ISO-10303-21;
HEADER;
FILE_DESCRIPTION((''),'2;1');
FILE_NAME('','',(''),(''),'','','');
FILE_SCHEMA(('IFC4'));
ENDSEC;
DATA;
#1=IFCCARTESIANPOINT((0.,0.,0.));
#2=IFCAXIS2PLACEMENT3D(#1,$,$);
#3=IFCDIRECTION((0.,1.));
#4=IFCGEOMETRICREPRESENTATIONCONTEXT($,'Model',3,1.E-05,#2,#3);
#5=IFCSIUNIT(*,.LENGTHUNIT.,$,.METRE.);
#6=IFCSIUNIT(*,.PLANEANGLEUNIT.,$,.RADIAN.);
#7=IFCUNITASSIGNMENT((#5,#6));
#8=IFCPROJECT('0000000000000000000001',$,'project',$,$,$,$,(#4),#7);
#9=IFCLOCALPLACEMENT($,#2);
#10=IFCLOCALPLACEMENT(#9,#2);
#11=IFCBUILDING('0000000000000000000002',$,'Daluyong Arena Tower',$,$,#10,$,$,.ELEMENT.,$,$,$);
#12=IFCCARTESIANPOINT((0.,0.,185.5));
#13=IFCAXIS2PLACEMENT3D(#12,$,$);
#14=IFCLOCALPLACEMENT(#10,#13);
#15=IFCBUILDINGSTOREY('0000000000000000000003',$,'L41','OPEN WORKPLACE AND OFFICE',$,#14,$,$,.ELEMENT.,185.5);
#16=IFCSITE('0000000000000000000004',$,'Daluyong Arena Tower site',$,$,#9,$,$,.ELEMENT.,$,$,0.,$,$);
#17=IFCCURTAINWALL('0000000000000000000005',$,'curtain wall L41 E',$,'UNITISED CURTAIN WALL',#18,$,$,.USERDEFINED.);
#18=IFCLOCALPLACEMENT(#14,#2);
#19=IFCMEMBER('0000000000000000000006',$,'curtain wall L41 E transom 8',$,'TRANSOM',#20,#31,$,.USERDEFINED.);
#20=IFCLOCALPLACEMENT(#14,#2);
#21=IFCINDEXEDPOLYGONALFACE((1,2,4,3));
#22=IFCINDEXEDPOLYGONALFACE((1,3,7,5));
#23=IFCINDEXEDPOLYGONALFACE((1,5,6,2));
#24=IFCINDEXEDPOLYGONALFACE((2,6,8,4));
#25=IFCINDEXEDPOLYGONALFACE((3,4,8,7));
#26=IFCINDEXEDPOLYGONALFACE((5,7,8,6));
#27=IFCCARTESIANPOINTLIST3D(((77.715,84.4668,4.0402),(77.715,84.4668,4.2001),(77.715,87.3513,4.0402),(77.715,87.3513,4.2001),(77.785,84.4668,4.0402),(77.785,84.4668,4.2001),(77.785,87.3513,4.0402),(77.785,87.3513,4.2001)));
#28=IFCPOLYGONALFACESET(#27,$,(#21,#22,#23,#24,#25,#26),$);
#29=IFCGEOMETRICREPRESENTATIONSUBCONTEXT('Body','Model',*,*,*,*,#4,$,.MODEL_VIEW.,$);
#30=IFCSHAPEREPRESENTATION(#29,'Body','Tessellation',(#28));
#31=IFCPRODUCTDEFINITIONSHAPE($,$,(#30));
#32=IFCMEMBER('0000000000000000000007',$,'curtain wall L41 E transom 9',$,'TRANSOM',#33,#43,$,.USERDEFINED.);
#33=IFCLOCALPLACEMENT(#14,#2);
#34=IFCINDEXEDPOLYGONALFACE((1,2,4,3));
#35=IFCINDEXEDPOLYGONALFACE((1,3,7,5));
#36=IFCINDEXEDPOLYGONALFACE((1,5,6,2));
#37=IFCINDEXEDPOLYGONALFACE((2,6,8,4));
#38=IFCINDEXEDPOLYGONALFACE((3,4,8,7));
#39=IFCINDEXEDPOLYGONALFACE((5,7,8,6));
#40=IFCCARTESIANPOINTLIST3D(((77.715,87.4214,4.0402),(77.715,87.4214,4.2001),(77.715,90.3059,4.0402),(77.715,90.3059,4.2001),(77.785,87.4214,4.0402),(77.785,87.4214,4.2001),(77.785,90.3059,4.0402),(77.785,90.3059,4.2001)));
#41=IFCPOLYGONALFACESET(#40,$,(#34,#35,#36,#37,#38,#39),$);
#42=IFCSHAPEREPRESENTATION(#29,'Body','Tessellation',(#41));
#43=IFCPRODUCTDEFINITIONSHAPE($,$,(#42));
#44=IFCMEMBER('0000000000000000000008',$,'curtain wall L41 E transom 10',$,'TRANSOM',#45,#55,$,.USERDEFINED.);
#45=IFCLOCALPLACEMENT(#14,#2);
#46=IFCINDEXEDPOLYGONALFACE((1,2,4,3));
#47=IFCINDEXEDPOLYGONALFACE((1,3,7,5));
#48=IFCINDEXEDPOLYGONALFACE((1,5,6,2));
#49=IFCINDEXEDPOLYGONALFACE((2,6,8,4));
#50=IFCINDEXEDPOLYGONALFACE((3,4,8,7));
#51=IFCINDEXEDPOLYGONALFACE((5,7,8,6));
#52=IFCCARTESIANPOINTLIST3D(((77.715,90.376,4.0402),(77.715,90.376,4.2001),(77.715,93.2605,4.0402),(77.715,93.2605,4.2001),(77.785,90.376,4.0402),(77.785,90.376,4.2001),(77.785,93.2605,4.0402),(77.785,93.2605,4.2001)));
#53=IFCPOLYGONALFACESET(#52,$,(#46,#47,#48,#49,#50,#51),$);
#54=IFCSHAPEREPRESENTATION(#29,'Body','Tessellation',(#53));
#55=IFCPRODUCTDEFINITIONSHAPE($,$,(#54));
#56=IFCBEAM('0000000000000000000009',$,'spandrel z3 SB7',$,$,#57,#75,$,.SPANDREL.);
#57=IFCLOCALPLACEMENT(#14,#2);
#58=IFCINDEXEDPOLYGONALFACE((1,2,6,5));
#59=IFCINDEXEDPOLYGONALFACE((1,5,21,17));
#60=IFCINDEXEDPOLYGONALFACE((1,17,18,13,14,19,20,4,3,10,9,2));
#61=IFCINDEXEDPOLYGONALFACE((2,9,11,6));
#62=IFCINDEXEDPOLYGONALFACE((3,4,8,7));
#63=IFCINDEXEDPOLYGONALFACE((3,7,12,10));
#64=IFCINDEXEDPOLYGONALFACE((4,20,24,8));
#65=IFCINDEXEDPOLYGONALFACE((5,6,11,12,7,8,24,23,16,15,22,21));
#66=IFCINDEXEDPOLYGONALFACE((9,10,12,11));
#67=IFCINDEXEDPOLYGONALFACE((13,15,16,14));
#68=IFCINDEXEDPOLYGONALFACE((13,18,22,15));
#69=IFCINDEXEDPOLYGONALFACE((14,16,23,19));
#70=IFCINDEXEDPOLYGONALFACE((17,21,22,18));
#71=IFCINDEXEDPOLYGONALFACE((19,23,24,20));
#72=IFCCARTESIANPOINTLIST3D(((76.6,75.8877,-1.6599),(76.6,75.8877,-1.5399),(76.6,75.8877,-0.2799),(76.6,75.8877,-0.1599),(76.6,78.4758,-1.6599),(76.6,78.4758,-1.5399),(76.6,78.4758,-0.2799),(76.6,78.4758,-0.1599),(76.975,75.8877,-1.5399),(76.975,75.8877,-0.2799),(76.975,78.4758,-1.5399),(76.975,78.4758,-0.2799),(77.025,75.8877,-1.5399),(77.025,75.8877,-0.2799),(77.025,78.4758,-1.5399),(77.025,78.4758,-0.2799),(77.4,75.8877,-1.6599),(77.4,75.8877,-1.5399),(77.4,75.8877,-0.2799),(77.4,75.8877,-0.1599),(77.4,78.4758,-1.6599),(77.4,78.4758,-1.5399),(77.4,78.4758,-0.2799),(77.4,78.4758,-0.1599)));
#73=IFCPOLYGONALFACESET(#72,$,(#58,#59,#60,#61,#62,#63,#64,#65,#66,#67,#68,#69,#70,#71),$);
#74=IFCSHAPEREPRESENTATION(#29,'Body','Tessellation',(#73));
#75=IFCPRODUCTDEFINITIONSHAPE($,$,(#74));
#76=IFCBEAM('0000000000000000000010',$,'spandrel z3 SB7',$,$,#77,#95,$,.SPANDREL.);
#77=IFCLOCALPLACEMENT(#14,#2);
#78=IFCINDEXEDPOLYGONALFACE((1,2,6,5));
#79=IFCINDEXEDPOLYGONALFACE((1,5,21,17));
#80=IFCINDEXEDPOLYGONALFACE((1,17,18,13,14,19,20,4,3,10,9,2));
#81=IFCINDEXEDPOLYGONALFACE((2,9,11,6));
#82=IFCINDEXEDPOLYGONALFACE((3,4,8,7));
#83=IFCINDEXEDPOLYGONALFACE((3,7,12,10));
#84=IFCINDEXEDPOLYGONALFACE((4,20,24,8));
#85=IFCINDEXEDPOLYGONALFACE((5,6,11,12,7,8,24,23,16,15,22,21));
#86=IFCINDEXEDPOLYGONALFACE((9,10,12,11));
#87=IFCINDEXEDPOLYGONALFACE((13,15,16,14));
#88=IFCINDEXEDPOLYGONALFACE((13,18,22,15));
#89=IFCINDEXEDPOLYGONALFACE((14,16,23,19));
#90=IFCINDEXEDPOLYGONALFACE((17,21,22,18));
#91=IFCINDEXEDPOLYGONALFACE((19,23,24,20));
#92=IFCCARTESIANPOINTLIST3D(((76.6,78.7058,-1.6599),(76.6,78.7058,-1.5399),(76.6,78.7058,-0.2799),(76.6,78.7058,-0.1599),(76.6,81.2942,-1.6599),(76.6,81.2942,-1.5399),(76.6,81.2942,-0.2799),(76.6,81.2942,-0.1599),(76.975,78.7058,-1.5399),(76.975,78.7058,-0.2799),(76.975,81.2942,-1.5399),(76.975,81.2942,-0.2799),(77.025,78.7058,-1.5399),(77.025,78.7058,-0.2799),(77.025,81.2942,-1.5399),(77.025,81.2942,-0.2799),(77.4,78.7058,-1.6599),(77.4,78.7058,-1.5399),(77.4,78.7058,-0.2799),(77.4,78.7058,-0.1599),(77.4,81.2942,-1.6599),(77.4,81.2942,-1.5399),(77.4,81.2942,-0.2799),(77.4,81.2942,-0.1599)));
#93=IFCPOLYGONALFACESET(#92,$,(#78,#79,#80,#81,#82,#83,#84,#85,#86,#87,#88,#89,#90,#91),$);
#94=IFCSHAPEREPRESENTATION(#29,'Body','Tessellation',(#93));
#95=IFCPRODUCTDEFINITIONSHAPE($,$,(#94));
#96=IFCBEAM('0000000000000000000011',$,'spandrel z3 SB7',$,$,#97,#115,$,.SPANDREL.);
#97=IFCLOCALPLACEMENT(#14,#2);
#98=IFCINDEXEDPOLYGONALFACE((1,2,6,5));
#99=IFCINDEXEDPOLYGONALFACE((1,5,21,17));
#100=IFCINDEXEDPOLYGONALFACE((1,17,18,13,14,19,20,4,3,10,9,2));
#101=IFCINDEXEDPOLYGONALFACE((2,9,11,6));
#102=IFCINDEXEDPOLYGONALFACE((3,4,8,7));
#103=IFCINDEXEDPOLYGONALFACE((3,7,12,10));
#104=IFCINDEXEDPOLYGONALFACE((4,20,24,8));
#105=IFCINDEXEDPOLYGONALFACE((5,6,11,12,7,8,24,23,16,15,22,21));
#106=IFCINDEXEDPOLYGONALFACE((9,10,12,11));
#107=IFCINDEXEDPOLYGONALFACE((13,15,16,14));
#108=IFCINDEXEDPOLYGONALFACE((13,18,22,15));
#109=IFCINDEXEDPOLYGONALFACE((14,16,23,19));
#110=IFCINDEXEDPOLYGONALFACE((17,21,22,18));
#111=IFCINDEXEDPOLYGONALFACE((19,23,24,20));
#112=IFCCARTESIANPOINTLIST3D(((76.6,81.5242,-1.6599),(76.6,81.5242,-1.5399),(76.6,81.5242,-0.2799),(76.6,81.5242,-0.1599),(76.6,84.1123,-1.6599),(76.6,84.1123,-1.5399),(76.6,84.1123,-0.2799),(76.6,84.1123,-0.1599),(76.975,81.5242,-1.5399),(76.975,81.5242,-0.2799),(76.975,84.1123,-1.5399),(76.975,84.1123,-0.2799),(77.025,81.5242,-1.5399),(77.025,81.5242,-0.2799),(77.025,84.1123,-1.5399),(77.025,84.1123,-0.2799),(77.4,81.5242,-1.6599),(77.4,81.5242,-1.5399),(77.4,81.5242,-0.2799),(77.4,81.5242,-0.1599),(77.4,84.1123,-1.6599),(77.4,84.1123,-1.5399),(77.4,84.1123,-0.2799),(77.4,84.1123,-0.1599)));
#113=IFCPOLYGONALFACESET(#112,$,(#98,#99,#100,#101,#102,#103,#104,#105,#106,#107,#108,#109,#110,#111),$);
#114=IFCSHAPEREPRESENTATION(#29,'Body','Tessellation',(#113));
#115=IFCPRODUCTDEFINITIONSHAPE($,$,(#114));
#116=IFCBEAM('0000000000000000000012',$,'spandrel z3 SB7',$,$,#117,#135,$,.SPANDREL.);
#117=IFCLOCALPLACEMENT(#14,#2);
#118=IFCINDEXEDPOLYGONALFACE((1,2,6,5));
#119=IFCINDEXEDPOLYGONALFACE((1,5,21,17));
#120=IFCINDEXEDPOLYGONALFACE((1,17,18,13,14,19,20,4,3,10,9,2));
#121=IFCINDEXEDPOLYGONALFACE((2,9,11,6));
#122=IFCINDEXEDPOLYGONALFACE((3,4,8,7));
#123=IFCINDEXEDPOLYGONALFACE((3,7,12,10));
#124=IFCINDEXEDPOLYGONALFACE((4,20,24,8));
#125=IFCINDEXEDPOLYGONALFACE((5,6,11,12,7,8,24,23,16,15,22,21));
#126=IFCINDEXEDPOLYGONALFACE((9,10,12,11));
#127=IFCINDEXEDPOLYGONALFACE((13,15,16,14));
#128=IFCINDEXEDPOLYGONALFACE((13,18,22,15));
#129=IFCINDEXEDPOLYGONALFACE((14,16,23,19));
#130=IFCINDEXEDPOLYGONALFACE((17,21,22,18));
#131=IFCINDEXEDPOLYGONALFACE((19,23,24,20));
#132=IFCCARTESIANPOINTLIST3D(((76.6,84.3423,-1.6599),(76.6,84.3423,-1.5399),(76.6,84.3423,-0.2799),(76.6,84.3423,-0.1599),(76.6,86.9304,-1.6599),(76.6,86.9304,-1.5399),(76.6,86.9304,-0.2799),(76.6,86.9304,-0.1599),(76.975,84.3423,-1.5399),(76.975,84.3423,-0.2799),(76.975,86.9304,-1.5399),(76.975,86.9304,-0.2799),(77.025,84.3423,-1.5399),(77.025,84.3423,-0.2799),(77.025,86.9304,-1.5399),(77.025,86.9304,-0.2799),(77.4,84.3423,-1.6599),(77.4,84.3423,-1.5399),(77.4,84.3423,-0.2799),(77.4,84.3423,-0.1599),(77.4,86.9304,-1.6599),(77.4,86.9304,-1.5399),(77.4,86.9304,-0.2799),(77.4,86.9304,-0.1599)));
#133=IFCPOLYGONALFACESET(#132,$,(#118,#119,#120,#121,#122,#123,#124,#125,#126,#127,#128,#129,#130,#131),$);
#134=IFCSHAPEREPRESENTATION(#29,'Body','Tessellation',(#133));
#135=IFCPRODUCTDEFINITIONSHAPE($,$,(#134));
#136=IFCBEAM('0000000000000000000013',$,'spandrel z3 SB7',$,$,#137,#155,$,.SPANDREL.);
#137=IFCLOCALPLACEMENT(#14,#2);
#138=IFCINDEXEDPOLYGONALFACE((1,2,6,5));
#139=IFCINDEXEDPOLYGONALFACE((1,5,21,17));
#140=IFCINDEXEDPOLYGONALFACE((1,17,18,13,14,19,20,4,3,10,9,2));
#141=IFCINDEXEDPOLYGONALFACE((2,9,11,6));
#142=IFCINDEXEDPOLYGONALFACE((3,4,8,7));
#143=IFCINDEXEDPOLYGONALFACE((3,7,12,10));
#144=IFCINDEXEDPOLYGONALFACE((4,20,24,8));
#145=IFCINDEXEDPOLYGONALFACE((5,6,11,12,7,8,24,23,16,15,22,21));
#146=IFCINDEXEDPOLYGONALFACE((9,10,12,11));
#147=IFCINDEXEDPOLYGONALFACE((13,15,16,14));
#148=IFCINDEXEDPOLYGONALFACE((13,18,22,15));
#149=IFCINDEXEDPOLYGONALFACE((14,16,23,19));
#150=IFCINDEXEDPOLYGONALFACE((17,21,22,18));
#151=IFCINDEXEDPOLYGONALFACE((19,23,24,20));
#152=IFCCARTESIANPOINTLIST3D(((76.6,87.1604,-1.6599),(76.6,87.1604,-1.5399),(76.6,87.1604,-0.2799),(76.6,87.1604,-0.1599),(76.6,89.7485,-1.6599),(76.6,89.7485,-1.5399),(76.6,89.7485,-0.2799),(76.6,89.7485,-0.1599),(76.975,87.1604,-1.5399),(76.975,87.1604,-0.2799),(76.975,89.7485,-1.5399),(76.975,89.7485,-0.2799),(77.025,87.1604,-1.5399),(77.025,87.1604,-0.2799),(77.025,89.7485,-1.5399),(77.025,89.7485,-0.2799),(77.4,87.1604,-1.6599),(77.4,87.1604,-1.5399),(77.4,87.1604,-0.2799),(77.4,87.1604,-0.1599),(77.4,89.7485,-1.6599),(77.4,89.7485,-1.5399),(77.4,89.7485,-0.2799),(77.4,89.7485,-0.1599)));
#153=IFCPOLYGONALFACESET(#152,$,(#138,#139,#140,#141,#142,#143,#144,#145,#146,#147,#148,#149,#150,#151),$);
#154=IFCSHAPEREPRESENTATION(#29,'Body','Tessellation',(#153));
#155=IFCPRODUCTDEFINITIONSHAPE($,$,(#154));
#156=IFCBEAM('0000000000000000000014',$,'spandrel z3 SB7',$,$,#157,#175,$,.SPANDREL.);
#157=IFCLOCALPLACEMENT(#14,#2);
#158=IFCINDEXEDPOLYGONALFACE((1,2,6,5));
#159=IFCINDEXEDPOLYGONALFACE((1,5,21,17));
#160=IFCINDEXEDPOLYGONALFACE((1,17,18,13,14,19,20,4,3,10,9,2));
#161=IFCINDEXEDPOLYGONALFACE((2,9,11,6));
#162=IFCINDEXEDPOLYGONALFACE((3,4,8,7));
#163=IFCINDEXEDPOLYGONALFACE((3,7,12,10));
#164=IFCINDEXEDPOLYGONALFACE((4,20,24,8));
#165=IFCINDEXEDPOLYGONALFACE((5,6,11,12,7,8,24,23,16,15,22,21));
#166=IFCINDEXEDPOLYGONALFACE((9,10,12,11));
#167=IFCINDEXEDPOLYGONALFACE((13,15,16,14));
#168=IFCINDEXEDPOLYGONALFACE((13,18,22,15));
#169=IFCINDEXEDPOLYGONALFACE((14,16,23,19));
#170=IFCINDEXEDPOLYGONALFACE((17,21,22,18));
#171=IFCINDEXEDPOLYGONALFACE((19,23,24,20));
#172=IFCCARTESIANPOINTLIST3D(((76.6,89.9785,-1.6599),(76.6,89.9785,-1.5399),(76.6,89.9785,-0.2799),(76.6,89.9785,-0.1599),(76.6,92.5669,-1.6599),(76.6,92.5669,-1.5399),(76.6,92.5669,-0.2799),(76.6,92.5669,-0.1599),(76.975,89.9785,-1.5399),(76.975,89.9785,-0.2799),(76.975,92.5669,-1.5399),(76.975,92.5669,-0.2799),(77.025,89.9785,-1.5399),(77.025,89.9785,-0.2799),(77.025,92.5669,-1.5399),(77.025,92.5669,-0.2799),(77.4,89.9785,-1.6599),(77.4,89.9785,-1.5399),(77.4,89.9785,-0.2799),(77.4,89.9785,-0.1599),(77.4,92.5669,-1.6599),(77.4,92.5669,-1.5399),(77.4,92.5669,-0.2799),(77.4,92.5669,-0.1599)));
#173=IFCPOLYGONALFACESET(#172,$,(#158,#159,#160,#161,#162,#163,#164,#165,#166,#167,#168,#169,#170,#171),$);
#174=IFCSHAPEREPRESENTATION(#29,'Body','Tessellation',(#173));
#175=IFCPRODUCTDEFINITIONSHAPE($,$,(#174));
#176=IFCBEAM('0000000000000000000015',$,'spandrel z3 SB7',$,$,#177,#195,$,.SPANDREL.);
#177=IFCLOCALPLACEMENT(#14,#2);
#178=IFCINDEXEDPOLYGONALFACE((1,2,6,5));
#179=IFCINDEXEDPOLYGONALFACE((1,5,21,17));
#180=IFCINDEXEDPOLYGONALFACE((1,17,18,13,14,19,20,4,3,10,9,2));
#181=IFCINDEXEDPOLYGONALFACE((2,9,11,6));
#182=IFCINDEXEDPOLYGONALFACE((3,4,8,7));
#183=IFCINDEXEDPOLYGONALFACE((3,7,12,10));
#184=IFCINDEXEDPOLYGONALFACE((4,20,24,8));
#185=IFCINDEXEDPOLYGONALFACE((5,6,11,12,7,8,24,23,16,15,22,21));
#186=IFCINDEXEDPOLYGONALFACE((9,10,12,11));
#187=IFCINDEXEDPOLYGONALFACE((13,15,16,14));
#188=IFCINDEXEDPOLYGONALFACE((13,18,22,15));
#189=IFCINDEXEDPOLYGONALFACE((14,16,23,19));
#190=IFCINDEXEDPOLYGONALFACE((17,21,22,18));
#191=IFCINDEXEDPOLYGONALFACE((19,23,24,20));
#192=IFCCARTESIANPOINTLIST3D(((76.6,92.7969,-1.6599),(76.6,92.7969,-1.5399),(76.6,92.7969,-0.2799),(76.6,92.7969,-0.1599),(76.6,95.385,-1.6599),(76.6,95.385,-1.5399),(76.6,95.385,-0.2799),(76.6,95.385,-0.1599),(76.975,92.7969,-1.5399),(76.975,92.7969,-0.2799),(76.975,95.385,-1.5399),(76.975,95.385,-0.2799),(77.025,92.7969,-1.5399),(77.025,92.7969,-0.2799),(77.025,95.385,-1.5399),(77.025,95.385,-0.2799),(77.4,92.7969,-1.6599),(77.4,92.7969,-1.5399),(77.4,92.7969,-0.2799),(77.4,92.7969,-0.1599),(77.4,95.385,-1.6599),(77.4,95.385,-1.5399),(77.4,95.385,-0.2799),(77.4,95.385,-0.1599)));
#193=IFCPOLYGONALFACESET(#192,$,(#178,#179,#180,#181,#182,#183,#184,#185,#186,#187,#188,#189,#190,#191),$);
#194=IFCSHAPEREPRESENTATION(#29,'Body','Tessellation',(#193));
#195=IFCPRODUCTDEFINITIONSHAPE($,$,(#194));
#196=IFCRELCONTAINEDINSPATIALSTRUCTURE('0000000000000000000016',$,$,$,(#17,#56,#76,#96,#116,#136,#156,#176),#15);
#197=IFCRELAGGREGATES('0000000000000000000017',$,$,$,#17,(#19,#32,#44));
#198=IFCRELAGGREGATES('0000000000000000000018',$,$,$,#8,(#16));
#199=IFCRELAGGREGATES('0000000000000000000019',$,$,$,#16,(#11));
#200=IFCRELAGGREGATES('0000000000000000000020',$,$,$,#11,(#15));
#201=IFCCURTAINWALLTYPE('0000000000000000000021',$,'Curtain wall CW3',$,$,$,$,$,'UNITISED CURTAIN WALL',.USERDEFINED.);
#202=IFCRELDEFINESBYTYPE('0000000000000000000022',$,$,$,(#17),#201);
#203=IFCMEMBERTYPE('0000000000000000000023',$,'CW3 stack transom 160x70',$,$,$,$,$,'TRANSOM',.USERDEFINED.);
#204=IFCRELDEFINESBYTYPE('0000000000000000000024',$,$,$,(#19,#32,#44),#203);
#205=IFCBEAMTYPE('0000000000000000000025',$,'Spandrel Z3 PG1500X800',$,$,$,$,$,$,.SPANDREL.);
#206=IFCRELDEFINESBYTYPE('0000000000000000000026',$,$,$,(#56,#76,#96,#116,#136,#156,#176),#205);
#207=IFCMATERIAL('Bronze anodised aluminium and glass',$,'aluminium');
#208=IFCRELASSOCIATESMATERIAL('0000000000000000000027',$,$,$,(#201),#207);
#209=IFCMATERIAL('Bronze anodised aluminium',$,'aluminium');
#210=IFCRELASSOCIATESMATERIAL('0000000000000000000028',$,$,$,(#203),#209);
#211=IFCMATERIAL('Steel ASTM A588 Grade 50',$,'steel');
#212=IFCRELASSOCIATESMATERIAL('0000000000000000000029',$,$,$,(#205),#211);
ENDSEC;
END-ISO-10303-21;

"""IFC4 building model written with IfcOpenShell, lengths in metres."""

from ifc_helpers import new_model, si_unit, direction, frame, origin, origin_2d, place, context, subcontext, project, spatial, rectangle, i_section, extrude, material, material_profile, profile_set, type_object, element, aggregate, save


model = new_model("IFC4")

# Units and contexts
model_context = context("Model", 3, precision=1e-05, world=origin(), true_north=direction((0.0, 1.0)))
body_context = subcontext(model_context, "Body", "Model", "MODEL_VIEW")
ifc_project = project(units=[si_unit("LENGTHUNIT", "METRE"), si_unit("PLANEANGLEUNIT", "RADIAN")], contexts=[model_context])

# Site, building, storey
site_placement = place(None, origin())
site = spatial("IfcSite", under=ifc_project, at=site_placement, Name="Daluyong Arena Tower site", CompositionType="ELEMENT", RefElevation=0.0)
building_placement = place(site_placement, origin())
building = spatial("IfcBuilding", under=site, at=building_placement, Name="Daluyong Arena Tower", CompositionType="ELEMENT")
storey_placement = place(building_placement, frame((0.0, 0.0, 185.5)))
storey = spatial("IfcBuildingStorey", under=building, at=storey_placement, Name="L41", Description="OPEN WORKPLACE AND OFFICE", CompositionType="ELEMENT", Elevation=185.5)

# Curtain wall, members
ifc_material_1 = material(Name="Bronze anodised aluminium and glass", Category="aluminium")
curtain_wall_type = type_object("IfcCurtainWallType", Name="Curtain wall CW3", ElementType="UNITISED CURTAIN WALL", PredefinedType="USERDEFINED", material=ifc_material_1)
curtain_wall_placement = place(storey_placement, origin())
curtain_wall = element("IfcCurtainWall", 1, at=curtain_wall_placement, inside=storey, type_object=curtain_wall_type, Name="curtain wall L41 E", ObjectType="UNITISED CURTAIN WALL", PredefinedType="USERDEFINED")
ifc_material_2 = material(Name="Bronze anodised aluminium", Category="aluminium")
ifc_material_profile_1 = material_profile(ifc_material_2, rectangle(XDim=0.0701, YDim=0.1599, at=origin_2d()))
ifc_profile_set_1 = profile_set([ifc_material_profile_1], Name="Bronze anodised aluminium")
member_type_1 = type_object("IfcMemberType", Name="CW3 stack transom 160x70", ElementType="TRANSOM", PredefinedType="USERDEFINED", material=ifc_profile_set_1)
member_1_placement = place(storey_placement, frame((77.75, 84.4668, 4.1201), z_axis=(0.0, 1.0, 0.0), x_axis=(-1.0, 0.0, 0.0)))
member_1 = element("IfcMember", 2, at=member_1_placement, type_object=member_type_1, Name="curtain wall L41 E transom 8", ObjectType="TRANSOM", PredefinedType="USERDEFINED", context=body_context, shape_type="SweptSolid", body=[
    extrude(rectangle(XDim=0.0701, YDim=0.1599, at=origin_2d()), origin(), (0.0, 0.0, 1.0), 2.8845),
])
member_2_placement = place(storey_placement, frame((77.75, 87.4214, 4.1201), z_axis=(0.0, 1.0, 0.0), x_axis=(-1.0, 0.0, 0.0)))
member_2 = element("IfcMember", 3, at=member_2_placement, type_object=member_type_1, Name="curtain wall L41 E transom 9", ObjectType="TRANSOM", PredefinedType="USERDEFINED", context=body_context, shape_type="SweptSolid", body=[
    extrude(rectangle(XDim=0.0701, YDim=0.1599, at=origin_2d()), origin(), (0.0, 0.0, 1.0), 2.8845),
])
member_3_placement = place(storey_placement, frame((77.75, 90.376, 4.1201), z_axis=(0.0, 1.0, 0.0), x_axis=(-1.0, 0.0, 0.0)))
member_3 = element("IfcMember", 4, at=member_3_placement, type_object=member_type_1, Name="curtain wall L41 E transom 10", ObjectType="TRANSOM", PredefinedType="USERDEFINED", context=body_context, shape_type="SweptSolid", body=[
    extrude(rectangle(XDim=0.0701, YDim=0.1599, at=origin_2d()), origin(), (0.0, 0.0, 1.0), 2.8845),
])

# Beams
ifc_material_3 = material(Name="Steel ASTM A588 Grade 50", Category="steel")
ifc_material_profile_2 = material_profile(ifc_material_3, i_section(OverallWidth=0.8, OverallDepth=1.5, WebThickness=0.05, FlangeThickness=0.12, at=origin_2d()))
ifc_profile_set_2 = profile_set([ifc_material_profile_2], Name="Steel ASTM A588 Grade 50")
beam_type = type_object("IfcBeamType", Name="Spandrel Z3 PG1500X800", PredefinedType="SPANDREL", material=ifc_profile_set_2)
beam_1_placement = place(storey_placement, frame((77.0, 75.8877, -0.9099), z_axis=(0.0, 1.0, 0.0), x_axis=(-1.0, 0.0, 0.0)))
element("IfcBeam", 5, at=beam_1_placement, inside=storey, type_object=beam_type, Name="spandrel z3 SB7", PredefinedType="SPANDREL", context=body_context, shape_type="SweptSolid", body=[
    extrude(i_section(OverallWidth=0.8, OverallDepth=1.5, WebThickness=0.05, FlangeThickness=0.12, at=origin_2d()), origin(), (0.0, 0.0, 1.0), 2.5881),
])
beam_2_placement = place(storey_placement, frame((77.0, 78.7058, -0.9099), z_axis=(0.0, 1.0, 0.0), x_axis=(-1.0, 0.0, 0.0)))
element("IfcBeam", 6, at=beam_2_placement, inside=storey, type_object=beam_type, Name="spandrel z3 SB7", PredefinedType="SPANDREL", context=body_context, shape_type="SweptSolid", body=[
    extrude(i_section(OverallWidth=0.8, OverallDepth=1.5, WebThickness=0.05, FlangeThickness=0.12, at=origin_2d()), origin(), (0.0, 0.0, 1.0), 2.5884),
])
for number, where, z_axis, x_axis, name in (
    (7, (77.0, 81.5242, -0.9099), (0.0, 1.0, 0.0), (-1.0, 0.0, 0.0), "spandrel z3 SB7"),
    (8, (77.0, 84.3423, -0.9099), (0.0, 1.0, 0.0), (-1.0, 0.0, 0.0), "spandrel z3 SB7"),
    (9, (77.0, 87.1604, -0.9099), (0.0, 1.0, 0.0), (-1.0, 0.0, 0.0), "spandrel z3 SB7"),
):
    element("IfcBeam", number, at=place(storey_placement, frame(where, z_axis=z_axis, x_axis=x_axis)), inside=storey, type_object=beam_type, Name=name, PredefinedType="SPANDREL", context=body_context, shape_type="SweptSolid", body=[
        extrude(i_section(OverallWidth=0.8, OverallDepth=1.5, WebThickness=0.05, FlangeThickness=0.12, at=origin_2d()), origin(), (0.0, 0.0, 1.0), 2.5881),
    ])
beam_3_placement = place(storey_placement, frame((77.0, 89.9785, -0.9099), z_axis=(0.0, 1.0, 0.0), x_axis=(-1.0, 0.0, 0.0)))
element("IfcBeam", 10, at=beam_3_placement, inside=storey, type_object=beam_type, Name="spandrel z3 SB7", PredefinedType="SPANDREL", context=body_context, shape_type="SweptSolid", body=[
    extrude(i_section(OverallWidth=0.8, OverallDepth=1.5, WebThickness=0.05, FlangeThickness=0.12, at=origin_2d()), origin(), (0.0, 0.0, 1.0), 2.5884),
])
beam_4_placement = place(storey_placement, frame((77.0, 92.7969, -0.9099), z_axis=(0.0, 1.0, 0.0), x_axis=(-1.0, 0.0, 0.0)))
element("IfcBeam", 11, at=beam_4_placement, inside=storey, type_object=beam_type, Name="spandrel z3 SB7", PredefinedType="SPANDREL", context=body_context, shape_type="SweptSolid", body=[
    extrude(i_section(OverallWidth=0.8, OverallDepth=1.5, WebThickness=0.05, FlangeThickness=0.12, at=origin_2d()), origin(), (0.0, 0.0, 1.0), 2.5881),
])

aggregate(curtain_wall, [member_1, member_2, member_3])

save(model, "model.ifc")
